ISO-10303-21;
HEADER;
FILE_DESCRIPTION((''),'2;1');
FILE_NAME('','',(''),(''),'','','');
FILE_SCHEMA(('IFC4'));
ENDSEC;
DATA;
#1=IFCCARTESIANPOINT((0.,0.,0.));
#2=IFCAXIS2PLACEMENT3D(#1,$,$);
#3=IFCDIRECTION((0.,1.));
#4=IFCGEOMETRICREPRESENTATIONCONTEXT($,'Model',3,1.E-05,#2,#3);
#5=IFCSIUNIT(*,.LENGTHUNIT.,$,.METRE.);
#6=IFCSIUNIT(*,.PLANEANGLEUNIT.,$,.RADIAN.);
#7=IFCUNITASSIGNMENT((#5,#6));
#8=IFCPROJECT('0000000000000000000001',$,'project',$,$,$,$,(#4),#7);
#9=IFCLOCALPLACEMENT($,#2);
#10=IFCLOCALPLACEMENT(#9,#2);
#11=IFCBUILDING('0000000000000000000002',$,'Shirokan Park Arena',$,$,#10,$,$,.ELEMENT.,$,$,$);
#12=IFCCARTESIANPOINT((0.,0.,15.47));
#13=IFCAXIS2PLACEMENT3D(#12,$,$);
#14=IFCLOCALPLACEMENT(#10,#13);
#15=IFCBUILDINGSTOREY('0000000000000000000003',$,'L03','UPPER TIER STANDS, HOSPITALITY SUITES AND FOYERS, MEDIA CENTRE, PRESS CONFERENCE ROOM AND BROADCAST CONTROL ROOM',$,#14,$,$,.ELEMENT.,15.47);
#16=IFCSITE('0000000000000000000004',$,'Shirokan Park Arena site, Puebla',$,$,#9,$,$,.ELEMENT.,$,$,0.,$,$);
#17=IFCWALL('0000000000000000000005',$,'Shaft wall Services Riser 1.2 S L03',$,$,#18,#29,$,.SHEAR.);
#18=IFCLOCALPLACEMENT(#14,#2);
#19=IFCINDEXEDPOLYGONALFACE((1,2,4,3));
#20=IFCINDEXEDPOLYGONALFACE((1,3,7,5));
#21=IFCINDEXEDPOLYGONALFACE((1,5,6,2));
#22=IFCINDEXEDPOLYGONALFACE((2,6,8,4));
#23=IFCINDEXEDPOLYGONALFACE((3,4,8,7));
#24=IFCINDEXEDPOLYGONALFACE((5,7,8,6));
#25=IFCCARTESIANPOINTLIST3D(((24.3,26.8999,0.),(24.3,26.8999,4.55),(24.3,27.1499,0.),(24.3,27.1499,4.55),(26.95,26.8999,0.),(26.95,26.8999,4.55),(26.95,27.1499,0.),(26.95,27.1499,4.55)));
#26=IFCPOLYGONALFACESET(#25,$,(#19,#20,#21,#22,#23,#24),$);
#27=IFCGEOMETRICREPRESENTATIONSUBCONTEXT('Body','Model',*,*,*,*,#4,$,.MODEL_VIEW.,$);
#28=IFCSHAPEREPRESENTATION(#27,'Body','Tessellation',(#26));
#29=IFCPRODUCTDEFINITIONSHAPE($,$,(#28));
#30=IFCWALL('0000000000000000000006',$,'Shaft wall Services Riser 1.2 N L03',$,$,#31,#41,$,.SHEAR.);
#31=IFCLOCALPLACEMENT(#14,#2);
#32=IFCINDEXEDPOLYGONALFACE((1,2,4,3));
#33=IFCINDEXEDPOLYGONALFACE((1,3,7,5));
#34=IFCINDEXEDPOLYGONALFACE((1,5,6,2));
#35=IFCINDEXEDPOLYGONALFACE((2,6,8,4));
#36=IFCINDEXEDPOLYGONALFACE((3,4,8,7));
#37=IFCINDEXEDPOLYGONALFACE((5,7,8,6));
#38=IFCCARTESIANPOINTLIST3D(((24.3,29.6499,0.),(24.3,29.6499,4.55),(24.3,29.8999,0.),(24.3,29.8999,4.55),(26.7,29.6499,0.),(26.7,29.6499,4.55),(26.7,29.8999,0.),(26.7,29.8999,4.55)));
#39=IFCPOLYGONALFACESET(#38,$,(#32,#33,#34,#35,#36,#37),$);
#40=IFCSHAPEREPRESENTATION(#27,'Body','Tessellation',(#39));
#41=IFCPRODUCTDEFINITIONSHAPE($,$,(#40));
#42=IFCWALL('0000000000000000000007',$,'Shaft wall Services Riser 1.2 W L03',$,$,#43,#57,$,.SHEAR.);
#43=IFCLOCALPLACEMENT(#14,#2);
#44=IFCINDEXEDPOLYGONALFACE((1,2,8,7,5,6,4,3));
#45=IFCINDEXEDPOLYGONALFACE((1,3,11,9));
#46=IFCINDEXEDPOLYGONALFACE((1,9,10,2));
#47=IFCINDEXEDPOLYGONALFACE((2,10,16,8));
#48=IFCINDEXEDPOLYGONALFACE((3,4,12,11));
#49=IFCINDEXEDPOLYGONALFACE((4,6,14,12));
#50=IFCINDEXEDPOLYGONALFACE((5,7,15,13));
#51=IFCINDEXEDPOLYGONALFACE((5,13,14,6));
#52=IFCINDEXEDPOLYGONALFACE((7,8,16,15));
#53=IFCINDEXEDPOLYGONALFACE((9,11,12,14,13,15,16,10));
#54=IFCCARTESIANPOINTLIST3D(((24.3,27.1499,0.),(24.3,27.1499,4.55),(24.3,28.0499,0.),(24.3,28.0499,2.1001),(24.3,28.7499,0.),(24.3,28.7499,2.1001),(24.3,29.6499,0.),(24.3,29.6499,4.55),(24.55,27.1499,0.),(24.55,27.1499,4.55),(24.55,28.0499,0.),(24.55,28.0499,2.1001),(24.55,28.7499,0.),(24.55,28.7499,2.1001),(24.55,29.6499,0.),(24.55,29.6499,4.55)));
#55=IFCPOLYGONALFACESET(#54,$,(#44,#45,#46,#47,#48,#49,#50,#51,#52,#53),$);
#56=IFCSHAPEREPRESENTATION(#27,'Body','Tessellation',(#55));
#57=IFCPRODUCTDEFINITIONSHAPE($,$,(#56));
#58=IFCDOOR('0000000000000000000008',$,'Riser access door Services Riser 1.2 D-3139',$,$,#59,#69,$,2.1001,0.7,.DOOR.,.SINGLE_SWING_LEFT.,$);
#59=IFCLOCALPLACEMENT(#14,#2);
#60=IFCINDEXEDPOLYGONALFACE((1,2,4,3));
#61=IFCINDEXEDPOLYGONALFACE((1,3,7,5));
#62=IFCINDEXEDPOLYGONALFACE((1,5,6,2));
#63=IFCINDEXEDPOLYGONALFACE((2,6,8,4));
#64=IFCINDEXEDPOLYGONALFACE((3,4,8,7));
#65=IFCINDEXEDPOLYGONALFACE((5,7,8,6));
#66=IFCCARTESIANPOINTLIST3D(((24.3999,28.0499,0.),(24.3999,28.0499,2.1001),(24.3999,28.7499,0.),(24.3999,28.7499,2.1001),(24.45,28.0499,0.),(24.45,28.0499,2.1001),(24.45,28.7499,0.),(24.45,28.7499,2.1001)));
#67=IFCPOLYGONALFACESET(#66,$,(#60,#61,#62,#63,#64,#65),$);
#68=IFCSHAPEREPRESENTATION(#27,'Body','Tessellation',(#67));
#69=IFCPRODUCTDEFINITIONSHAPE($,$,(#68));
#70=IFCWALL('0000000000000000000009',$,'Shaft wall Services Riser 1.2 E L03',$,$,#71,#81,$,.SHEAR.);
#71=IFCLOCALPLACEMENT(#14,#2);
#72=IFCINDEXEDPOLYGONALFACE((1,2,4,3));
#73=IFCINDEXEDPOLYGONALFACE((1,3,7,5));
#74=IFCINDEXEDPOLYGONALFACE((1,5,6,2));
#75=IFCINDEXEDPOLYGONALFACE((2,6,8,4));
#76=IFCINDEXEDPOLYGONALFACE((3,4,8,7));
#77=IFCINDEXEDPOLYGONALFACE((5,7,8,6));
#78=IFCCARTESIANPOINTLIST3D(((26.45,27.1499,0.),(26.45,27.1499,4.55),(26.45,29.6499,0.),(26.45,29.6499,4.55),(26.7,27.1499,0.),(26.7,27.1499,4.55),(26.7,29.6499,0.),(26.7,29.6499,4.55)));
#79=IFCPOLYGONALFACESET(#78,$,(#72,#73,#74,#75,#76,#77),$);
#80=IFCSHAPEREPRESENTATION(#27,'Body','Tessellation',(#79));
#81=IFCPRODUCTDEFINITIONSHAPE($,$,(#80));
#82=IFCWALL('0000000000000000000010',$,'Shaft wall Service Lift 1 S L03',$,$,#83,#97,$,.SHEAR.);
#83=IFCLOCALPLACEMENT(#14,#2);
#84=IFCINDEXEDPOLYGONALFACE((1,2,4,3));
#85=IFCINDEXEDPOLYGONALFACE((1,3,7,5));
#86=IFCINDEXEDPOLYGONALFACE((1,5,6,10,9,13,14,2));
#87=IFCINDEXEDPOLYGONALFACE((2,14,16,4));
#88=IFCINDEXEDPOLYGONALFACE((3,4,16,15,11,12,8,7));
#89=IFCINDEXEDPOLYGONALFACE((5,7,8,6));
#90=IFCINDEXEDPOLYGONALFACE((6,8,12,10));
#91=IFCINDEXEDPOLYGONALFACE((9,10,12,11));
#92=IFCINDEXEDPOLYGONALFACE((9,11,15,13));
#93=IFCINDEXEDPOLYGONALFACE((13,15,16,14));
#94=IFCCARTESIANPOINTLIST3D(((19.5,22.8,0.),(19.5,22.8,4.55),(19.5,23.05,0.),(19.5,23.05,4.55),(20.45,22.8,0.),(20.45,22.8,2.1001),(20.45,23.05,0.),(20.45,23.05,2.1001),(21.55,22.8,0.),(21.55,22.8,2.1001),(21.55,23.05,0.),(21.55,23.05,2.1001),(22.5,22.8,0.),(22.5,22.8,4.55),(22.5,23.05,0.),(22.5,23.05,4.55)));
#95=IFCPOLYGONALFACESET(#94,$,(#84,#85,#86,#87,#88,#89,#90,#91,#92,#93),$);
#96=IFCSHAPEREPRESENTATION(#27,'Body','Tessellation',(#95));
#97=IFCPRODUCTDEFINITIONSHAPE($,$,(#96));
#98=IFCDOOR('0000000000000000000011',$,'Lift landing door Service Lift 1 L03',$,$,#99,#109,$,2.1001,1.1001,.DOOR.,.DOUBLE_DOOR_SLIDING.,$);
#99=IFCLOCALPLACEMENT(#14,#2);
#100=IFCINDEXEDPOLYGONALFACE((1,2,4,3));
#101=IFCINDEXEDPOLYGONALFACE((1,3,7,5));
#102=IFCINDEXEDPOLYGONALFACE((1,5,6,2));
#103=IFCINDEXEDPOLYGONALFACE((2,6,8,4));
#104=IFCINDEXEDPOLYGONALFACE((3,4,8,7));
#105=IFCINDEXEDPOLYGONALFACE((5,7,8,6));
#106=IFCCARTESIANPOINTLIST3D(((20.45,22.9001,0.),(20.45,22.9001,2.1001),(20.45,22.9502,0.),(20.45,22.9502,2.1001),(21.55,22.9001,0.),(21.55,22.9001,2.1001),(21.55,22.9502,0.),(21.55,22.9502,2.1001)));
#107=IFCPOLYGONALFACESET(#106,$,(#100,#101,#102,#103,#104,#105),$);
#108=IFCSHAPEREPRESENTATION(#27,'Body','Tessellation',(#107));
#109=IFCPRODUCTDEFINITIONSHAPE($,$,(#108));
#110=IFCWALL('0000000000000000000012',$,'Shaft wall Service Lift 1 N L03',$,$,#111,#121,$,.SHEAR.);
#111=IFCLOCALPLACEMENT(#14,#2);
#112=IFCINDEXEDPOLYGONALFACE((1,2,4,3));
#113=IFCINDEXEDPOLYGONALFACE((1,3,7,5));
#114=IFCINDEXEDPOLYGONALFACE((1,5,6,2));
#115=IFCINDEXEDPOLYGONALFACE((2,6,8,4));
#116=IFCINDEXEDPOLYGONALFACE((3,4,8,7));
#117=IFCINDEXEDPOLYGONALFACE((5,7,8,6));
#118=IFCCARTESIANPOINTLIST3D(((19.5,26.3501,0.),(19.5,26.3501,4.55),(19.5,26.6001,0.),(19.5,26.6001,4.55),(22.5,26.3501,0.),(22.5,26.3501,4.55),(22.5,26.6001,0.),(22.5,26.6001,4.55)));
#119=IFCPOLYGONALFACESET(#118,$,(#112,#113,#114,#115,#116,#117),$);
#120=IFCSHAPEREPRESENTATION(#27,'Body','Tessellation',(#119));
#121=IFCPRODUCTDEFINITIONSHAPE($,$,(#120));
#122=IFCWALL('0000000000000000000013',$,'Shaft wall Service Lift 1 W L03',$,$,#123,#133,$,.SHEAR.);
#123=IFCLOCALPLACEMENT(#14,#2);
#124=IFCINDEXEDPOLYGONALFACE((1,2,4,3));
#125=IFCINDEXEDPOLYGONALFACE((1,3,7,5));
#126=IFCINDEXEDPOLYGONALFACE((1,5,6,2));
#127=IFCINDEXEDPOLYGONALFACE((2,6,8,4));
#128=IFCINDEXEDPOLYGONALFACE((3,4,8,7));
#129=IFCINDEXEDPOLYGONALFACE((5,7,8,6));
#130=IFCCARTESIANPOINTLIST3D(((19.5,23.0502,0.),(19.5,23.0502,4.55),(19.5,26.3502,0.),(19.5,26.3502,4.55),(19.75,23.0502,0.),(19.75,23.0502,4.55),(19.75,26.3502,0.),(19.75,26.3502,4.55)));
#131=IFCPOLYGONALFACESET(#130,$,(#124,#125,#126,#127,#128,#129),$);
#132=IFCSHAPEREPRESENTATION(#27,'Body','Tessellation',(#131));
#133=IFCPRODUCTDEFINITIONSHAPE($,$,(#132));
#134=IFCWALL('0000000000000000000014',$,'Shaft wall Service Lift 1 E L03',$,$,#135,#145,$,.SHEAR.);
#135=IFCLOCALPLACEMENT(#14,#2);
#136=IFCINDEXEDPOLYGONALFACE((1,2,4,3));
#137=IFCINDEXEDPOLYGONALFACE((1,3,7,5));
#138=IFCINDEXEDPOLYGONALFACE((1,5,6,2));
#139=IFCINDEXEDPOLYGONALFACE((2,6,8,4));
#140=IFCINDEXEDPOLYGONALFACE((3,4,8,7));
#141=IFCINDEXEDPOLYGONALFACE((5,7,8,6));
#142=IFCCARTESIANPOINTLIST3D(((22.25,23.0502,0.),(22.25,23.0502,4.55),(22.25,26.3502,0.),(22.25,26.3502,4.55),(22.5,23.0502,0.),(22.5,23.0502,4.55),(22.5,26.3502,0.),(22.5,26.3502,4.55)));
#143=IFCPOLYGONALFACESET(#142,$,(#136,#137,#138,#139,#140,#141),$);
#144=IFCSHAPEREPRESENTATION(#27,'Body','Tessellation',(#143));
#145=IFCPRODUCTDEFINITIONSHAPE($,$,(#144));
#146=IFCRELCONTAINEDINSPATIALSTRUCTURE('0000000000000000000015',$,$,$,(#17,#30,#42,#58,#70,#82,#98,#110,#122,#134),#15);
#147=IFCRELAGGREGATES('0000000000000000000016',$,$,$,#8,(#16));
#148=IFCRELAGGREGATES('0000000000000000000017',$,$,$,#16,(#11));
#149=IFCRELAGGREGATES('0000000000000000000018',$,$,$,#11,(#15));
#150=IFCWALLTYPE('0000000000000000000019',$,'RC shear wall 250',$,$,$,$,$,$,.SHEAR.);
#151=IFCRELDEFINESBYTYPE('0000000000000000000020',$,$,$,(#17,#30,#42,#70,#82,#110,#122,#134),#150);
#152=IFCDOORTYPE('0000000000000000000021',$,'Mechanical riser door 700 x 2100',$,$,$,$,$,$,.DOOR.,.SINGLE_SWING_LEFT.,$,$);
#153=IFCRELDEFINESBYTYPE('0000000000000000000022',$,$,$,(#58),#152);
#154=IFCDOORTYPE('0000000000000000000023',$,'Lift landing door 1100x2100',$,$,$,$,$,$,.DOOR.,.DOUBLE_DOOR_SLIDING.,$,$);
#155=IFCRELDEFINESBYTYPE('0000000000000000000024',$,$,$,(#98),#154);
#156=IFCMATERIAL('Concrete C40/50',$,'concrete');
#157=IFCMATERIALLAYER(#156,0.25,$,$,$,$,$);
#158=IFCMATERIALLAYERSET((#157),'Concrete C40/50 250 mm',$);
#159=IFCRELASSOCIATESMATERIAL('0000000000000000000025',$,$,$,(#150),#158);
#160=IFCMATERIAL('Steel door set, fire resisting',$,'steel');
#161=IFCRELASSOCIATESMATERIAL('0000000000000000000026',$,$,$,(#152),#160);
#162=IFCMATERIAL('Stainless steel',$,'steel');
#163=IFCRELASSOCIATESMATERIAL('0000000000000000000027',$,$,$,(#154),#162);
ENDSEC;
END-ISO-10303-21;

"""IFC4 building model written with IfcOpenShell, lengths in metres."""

from ifc_helpers import new_model, si_unit, direction, frame, frame_2d, origin, place, context, subcontext, project, spatial, rectangle, extrude, material, layer, layer_set, type_object, element, fill, save


model = new_model("IFC4")

# Units and contexts
model_context = context("Model", 3, precision=1e-05, world=origin(), true_north=direction((0.0, 1.0)))
body_context = subcontext(model_context, "Body", "Model", "MODEL_VIEW")
ifc_project = project(units=[si_unit("LENGTHUNIT", "METRE"), si_unit("PLANEANGLEUNIT", "RADIAN")], contexts=[model_context])

# Site, building, storey
site_placement = place(None, origin())
site = spatial("IfcSite", under=ifc_project, at=site_placement, Name="Shirokan Park Arena site, Puebla", CompositionType="ELEMENT", RefElevation=0.0)
building_placement = place(site_placement, origin())
building = spatial("IfcBuilding", under=site, at=building_placement, Name="Shirokan Park Arena", CompositionType="ELEMENT")
storey_placement = place(building_placement, frame((0.0, 0.0, 15.47)))
storey = spatial("IfcBuildingStorey", under=building, at=storey_placement, Name="L03", Description="UPPER TIER STANDS, HOSPITALITY SUITES AND FOYERS, MEDIA CENTRE, PRESS CONFERENCE ROOM AND BROADCAST CONTROL ROOM", CompositionType="ELEMENT", Elevation=15.47)

# Walls
ifc_material_1 = material(Name="Concrete C40/50", Category="concrete")
ifc_layer_1 = layer(ifc_material_1, 0.25)
ifc_layer_set_1 = layer_set([ifc_layer_1], Name="Concrete C40/50 250 mm")
wall_type_1 = type_object("IfcWallType", Name="RC shear wall 250", PredefinedType="SHEAR", material=ifc_layer_set_1)
wall_1_placement = place(storey_placement, frame((26.95, 27.0249, 0.0), z_axis=(0.0, 0.0, 1.0), x_axis=(-1.0, 0.0, 0.0)))
element("IfcWall", 1, at=wall_1_placement, inside=storey, type_object=wall_type_1, Name="Shaft wall Services Riser 1.2 S L03", PredefinedType="SHEAR", context=body_context, shape_type="SweptSolid", body=[
    extrude(rectangle(XDim=2.6499, YDim=0.25, at=frame_2d((1.325, 0.0))), origin(), (0.0, 0.0, 1.0), 4.55),
])
wall_2_placement = place(storey_placement, frame((26.7, 29.7749, 0.0), z_axis=(0.0, 0.0, 1.0), x_axis=(-1.0, 0.0, 0.0)))
element("IfcWall", 2, at=wall_2_placement, inside=storey, type_object=wall_type_1, Name="Shaft wall Services Riser 1.2 N L03", PredefinedType="SHEAR", context=body_context, shape_type="SweptSolid", body=[
    extrude(rectangle(XDim=2.3999, YDim=0.25, at=frame_2d((1.2, 0.0))), origin(), (0.0, 0.0, 1.0), 4.55),
])

# Wall, opening, door
wall_3_placement = place(storey_placement, frame((24.425, 29.6499, 0.0), z_axis=(0.0, 0.0, 1.0), x_axis=(0.0, -1.0, 0.0)))
wall_3 = element("IfcWall", 3, at=wall_3_placement, inside=storey, type_object=wall_type_1, Name="Shaft wall Services Riser 1.2 W L03", PredefinedType="SHEAR", context=body_context, shape_type="SweptSolid", body=[
    extrude(rectangle(XDim=2.5, YDim=0.25, at=frame_2d((1.25, 0.0))), origin(), (0.0, 0.0, 1.0), 4.55),
])
opening_1_placement = place(wall_3_placement, frame((0.8999, 0.0, 0.0)))
opening_1 = element("IfcOpeningElement", 4, at=opening_1_placement, cuts=wall_3, PredefinedType="OPENING", context=body_context, shape_type="SweptSolid", body=[
    extrude(rectangle(XDim=0.7, YDim=2.1001, at=frame_2d((0.3501, 1.05))), frame((0.0, 0.135, 0.0), z_axis=(0.0, -1.0, 0.0), x_axis=(1.0, 0.0, 0.0)), (0.0, 0.0, 1.0), 0.27),
])
ifc_material_2 = material(Name="Steel door set, fire resisting", Category="steel")
door_type_1 = type_object("IfcDoorType", Name="Mechanical riser door 700 x 2100", OperationType="SINGLE_SWING_LEFT", PredefinedType="DOOR", material=ifc_material_2)
door_1_placement = place(opening_1_placement, origin())
door_1 = element("IfcDoor", 5, at=door_1_placement, inside=storey, type_object=door_type_1, Name="Riser access door Services Riser 1.2 D-3139", OperationType="SINGLE_SWING_LEFT", OverallHeight=2.1001, OverallWidth=0.7, PredefinedType="DOOR", context=body_context, shape_type="SweptSolid", body=[
    extrude(rectangle(XDim=0.7, YDim=2.1001, at=frame_2d((0.3501, 1.05))), frame((0.0, 0.0249, 0.0), z_axis=(0.0, -1.0, 0.0), x_axis=(1.0, 0.0, 0.0)), (0.0, 0.0, 1.0), 0.05),
])
fill(opening_1, door_1)

# Wall
wall_4_placement = place(storey_placement, frame((26.575, 29.6499, 0.0), z_axis=(0.0, 0.0, 1.0), x_axis=(0.0, -1.0, 0.0)))
element("IfcWall", 6, at=wall_4_placement, inside=storey, type_object=wall_type_1, Name="Shaft wall Services Riser 1.2 E L03", PredefinedType="SHEAR", context=body_context, shape_type="SweptSolid", body=[
    extrude(rectangle(XDim=2.5, YDim=0.25, at=frame_2d((1.25, 0.0))), origin(), (0.0, 0.0, 1.0), 4.55),
])

# Wall, opening, door
wall_5_placement = place(storey_placement, frame((22.5, 22.925, 0.0), z_axis=(0.0, 0.0, 1.0), x_axis=(-1.0, 0.0, 0.0)))
wall_5 = element("IfcWall", 7, at=wall_5_placement, inside=storey, type_object=wall_type_1, Name="Shaft wall Service Lift 1 S L03", PredefinedType="SHEAR", context=body_context, shape_type="SweptSolid", body=[
    extrude(rectangle(XDim=3.0, YDim=0.25, at=frame_2d((1.5, 0.0))), origin(), (0.0, 0.0, 1.0), 4.55),
])
opening_2_placement = place(wall_5_placement, frame((0.95, 0.0, 0.0)))
opening_2 = element("IfcOpeningElement", 8, at=opening_2_placement, cuts=wall_5, PredefinedType="OPENING", context=body_context, shape_type="SweptSolid", body=[
    extrude(rectangle(XDim=1.1001, YDim=2.1001, at=frame_2d((0.55, 1.05))), frame((0.0, 0.135, 0.0), z_axis=(0.0, -1.0, 0.0), x_axis=(1.0, 0.0, 0.0)), (0.0, 0.0, 1.0), 0.27),
])
ifc_material_3 = material(Name="Stainless steel", Category="steel")
door_type_2 = type_object("IfcDoorType", Name="Lift landing door 1100x2100", OperationType="DOUBLE_DOOR_SLIDING", PredefinedType="DOOR", material=ifc_material_3)
door_2_placement = place(opening_2_placement, origin())
door_2 = element("IfcDoor", 9, at=door_2_placement, inside=storey, type_object=door_type_2, Name="Lift landing door Service Lift 1 L03", OperationType="DOUBLE_DOOR_SLIDING", OverallHeight=2.1001, OverallWidth=1.1001, PredefinedType="DOOR", context=body_context, shape_type="SweptSolid", body=[
    extrude(rectangle(XDim=1.1001, YDim=2.1001, at=frame_2d((0.55, 1.05))), frame((0.0, 0.0249, 0.0), z_axis=(0.0, -1.0, 0.0), x_axis=(1.0, 0.0, 0.0)), (0.0, 0.0, 1.0), 0.05),
])
fill(opening_2, door_2)

# Walls
wall_6_placement = place(storey_placement, frame((22.5, 26.4751, 0.0), z_axis=(0.0, 0.0, 1.0), x_axis=(-1.0, 0.0, 0.0)))
element("IfcWall", 10, at=wall_6_placement, inside=storey, type_object=wall_type_1, Name="Shaft wall Service Lift 1 N L03", PredefinedType="SHEAR", context=body_context, shape_type="SweptSolid", body=[
    extrude(rectangle(XDim=3.0, YDim=0.25, at=frame_2d((1.5, 0.0))), origin(), (0.0, 0.0, 1.0), 4.55),
])
for number, where, z_axis, x_axis, name in (
    (11, (19.625, 26.3501, 0.0), (0.0, 0.0, 1.0), (0.0, -1.0, 0.0), "Shaft wall Service Lift 1 W L03"),
    (12, (22.375, 26.3501, 0.0), (0.0, 0.0, 1.0), (0.0, -1.0, 0.0), "Shaft wall Service Lift 1 E L03"),
):
    element("IfcWall", number, at=place(storey_placement, frame(where, z_axis=z_axis, x_axis=x_axis)), inside=storey, type_object=wall_type_1, Name=name, PredefinedType="SHEAR", context=body_context, shape_type="SweptSolid", body=[
        extrude(rectangle(XDim=3.3, YDim=0.25, at=frame_2d((1.6499, 0.0))), origin(), (0.0, 0.0, 1.0), 4.55),
    ])

save(model, "model.ifc")
